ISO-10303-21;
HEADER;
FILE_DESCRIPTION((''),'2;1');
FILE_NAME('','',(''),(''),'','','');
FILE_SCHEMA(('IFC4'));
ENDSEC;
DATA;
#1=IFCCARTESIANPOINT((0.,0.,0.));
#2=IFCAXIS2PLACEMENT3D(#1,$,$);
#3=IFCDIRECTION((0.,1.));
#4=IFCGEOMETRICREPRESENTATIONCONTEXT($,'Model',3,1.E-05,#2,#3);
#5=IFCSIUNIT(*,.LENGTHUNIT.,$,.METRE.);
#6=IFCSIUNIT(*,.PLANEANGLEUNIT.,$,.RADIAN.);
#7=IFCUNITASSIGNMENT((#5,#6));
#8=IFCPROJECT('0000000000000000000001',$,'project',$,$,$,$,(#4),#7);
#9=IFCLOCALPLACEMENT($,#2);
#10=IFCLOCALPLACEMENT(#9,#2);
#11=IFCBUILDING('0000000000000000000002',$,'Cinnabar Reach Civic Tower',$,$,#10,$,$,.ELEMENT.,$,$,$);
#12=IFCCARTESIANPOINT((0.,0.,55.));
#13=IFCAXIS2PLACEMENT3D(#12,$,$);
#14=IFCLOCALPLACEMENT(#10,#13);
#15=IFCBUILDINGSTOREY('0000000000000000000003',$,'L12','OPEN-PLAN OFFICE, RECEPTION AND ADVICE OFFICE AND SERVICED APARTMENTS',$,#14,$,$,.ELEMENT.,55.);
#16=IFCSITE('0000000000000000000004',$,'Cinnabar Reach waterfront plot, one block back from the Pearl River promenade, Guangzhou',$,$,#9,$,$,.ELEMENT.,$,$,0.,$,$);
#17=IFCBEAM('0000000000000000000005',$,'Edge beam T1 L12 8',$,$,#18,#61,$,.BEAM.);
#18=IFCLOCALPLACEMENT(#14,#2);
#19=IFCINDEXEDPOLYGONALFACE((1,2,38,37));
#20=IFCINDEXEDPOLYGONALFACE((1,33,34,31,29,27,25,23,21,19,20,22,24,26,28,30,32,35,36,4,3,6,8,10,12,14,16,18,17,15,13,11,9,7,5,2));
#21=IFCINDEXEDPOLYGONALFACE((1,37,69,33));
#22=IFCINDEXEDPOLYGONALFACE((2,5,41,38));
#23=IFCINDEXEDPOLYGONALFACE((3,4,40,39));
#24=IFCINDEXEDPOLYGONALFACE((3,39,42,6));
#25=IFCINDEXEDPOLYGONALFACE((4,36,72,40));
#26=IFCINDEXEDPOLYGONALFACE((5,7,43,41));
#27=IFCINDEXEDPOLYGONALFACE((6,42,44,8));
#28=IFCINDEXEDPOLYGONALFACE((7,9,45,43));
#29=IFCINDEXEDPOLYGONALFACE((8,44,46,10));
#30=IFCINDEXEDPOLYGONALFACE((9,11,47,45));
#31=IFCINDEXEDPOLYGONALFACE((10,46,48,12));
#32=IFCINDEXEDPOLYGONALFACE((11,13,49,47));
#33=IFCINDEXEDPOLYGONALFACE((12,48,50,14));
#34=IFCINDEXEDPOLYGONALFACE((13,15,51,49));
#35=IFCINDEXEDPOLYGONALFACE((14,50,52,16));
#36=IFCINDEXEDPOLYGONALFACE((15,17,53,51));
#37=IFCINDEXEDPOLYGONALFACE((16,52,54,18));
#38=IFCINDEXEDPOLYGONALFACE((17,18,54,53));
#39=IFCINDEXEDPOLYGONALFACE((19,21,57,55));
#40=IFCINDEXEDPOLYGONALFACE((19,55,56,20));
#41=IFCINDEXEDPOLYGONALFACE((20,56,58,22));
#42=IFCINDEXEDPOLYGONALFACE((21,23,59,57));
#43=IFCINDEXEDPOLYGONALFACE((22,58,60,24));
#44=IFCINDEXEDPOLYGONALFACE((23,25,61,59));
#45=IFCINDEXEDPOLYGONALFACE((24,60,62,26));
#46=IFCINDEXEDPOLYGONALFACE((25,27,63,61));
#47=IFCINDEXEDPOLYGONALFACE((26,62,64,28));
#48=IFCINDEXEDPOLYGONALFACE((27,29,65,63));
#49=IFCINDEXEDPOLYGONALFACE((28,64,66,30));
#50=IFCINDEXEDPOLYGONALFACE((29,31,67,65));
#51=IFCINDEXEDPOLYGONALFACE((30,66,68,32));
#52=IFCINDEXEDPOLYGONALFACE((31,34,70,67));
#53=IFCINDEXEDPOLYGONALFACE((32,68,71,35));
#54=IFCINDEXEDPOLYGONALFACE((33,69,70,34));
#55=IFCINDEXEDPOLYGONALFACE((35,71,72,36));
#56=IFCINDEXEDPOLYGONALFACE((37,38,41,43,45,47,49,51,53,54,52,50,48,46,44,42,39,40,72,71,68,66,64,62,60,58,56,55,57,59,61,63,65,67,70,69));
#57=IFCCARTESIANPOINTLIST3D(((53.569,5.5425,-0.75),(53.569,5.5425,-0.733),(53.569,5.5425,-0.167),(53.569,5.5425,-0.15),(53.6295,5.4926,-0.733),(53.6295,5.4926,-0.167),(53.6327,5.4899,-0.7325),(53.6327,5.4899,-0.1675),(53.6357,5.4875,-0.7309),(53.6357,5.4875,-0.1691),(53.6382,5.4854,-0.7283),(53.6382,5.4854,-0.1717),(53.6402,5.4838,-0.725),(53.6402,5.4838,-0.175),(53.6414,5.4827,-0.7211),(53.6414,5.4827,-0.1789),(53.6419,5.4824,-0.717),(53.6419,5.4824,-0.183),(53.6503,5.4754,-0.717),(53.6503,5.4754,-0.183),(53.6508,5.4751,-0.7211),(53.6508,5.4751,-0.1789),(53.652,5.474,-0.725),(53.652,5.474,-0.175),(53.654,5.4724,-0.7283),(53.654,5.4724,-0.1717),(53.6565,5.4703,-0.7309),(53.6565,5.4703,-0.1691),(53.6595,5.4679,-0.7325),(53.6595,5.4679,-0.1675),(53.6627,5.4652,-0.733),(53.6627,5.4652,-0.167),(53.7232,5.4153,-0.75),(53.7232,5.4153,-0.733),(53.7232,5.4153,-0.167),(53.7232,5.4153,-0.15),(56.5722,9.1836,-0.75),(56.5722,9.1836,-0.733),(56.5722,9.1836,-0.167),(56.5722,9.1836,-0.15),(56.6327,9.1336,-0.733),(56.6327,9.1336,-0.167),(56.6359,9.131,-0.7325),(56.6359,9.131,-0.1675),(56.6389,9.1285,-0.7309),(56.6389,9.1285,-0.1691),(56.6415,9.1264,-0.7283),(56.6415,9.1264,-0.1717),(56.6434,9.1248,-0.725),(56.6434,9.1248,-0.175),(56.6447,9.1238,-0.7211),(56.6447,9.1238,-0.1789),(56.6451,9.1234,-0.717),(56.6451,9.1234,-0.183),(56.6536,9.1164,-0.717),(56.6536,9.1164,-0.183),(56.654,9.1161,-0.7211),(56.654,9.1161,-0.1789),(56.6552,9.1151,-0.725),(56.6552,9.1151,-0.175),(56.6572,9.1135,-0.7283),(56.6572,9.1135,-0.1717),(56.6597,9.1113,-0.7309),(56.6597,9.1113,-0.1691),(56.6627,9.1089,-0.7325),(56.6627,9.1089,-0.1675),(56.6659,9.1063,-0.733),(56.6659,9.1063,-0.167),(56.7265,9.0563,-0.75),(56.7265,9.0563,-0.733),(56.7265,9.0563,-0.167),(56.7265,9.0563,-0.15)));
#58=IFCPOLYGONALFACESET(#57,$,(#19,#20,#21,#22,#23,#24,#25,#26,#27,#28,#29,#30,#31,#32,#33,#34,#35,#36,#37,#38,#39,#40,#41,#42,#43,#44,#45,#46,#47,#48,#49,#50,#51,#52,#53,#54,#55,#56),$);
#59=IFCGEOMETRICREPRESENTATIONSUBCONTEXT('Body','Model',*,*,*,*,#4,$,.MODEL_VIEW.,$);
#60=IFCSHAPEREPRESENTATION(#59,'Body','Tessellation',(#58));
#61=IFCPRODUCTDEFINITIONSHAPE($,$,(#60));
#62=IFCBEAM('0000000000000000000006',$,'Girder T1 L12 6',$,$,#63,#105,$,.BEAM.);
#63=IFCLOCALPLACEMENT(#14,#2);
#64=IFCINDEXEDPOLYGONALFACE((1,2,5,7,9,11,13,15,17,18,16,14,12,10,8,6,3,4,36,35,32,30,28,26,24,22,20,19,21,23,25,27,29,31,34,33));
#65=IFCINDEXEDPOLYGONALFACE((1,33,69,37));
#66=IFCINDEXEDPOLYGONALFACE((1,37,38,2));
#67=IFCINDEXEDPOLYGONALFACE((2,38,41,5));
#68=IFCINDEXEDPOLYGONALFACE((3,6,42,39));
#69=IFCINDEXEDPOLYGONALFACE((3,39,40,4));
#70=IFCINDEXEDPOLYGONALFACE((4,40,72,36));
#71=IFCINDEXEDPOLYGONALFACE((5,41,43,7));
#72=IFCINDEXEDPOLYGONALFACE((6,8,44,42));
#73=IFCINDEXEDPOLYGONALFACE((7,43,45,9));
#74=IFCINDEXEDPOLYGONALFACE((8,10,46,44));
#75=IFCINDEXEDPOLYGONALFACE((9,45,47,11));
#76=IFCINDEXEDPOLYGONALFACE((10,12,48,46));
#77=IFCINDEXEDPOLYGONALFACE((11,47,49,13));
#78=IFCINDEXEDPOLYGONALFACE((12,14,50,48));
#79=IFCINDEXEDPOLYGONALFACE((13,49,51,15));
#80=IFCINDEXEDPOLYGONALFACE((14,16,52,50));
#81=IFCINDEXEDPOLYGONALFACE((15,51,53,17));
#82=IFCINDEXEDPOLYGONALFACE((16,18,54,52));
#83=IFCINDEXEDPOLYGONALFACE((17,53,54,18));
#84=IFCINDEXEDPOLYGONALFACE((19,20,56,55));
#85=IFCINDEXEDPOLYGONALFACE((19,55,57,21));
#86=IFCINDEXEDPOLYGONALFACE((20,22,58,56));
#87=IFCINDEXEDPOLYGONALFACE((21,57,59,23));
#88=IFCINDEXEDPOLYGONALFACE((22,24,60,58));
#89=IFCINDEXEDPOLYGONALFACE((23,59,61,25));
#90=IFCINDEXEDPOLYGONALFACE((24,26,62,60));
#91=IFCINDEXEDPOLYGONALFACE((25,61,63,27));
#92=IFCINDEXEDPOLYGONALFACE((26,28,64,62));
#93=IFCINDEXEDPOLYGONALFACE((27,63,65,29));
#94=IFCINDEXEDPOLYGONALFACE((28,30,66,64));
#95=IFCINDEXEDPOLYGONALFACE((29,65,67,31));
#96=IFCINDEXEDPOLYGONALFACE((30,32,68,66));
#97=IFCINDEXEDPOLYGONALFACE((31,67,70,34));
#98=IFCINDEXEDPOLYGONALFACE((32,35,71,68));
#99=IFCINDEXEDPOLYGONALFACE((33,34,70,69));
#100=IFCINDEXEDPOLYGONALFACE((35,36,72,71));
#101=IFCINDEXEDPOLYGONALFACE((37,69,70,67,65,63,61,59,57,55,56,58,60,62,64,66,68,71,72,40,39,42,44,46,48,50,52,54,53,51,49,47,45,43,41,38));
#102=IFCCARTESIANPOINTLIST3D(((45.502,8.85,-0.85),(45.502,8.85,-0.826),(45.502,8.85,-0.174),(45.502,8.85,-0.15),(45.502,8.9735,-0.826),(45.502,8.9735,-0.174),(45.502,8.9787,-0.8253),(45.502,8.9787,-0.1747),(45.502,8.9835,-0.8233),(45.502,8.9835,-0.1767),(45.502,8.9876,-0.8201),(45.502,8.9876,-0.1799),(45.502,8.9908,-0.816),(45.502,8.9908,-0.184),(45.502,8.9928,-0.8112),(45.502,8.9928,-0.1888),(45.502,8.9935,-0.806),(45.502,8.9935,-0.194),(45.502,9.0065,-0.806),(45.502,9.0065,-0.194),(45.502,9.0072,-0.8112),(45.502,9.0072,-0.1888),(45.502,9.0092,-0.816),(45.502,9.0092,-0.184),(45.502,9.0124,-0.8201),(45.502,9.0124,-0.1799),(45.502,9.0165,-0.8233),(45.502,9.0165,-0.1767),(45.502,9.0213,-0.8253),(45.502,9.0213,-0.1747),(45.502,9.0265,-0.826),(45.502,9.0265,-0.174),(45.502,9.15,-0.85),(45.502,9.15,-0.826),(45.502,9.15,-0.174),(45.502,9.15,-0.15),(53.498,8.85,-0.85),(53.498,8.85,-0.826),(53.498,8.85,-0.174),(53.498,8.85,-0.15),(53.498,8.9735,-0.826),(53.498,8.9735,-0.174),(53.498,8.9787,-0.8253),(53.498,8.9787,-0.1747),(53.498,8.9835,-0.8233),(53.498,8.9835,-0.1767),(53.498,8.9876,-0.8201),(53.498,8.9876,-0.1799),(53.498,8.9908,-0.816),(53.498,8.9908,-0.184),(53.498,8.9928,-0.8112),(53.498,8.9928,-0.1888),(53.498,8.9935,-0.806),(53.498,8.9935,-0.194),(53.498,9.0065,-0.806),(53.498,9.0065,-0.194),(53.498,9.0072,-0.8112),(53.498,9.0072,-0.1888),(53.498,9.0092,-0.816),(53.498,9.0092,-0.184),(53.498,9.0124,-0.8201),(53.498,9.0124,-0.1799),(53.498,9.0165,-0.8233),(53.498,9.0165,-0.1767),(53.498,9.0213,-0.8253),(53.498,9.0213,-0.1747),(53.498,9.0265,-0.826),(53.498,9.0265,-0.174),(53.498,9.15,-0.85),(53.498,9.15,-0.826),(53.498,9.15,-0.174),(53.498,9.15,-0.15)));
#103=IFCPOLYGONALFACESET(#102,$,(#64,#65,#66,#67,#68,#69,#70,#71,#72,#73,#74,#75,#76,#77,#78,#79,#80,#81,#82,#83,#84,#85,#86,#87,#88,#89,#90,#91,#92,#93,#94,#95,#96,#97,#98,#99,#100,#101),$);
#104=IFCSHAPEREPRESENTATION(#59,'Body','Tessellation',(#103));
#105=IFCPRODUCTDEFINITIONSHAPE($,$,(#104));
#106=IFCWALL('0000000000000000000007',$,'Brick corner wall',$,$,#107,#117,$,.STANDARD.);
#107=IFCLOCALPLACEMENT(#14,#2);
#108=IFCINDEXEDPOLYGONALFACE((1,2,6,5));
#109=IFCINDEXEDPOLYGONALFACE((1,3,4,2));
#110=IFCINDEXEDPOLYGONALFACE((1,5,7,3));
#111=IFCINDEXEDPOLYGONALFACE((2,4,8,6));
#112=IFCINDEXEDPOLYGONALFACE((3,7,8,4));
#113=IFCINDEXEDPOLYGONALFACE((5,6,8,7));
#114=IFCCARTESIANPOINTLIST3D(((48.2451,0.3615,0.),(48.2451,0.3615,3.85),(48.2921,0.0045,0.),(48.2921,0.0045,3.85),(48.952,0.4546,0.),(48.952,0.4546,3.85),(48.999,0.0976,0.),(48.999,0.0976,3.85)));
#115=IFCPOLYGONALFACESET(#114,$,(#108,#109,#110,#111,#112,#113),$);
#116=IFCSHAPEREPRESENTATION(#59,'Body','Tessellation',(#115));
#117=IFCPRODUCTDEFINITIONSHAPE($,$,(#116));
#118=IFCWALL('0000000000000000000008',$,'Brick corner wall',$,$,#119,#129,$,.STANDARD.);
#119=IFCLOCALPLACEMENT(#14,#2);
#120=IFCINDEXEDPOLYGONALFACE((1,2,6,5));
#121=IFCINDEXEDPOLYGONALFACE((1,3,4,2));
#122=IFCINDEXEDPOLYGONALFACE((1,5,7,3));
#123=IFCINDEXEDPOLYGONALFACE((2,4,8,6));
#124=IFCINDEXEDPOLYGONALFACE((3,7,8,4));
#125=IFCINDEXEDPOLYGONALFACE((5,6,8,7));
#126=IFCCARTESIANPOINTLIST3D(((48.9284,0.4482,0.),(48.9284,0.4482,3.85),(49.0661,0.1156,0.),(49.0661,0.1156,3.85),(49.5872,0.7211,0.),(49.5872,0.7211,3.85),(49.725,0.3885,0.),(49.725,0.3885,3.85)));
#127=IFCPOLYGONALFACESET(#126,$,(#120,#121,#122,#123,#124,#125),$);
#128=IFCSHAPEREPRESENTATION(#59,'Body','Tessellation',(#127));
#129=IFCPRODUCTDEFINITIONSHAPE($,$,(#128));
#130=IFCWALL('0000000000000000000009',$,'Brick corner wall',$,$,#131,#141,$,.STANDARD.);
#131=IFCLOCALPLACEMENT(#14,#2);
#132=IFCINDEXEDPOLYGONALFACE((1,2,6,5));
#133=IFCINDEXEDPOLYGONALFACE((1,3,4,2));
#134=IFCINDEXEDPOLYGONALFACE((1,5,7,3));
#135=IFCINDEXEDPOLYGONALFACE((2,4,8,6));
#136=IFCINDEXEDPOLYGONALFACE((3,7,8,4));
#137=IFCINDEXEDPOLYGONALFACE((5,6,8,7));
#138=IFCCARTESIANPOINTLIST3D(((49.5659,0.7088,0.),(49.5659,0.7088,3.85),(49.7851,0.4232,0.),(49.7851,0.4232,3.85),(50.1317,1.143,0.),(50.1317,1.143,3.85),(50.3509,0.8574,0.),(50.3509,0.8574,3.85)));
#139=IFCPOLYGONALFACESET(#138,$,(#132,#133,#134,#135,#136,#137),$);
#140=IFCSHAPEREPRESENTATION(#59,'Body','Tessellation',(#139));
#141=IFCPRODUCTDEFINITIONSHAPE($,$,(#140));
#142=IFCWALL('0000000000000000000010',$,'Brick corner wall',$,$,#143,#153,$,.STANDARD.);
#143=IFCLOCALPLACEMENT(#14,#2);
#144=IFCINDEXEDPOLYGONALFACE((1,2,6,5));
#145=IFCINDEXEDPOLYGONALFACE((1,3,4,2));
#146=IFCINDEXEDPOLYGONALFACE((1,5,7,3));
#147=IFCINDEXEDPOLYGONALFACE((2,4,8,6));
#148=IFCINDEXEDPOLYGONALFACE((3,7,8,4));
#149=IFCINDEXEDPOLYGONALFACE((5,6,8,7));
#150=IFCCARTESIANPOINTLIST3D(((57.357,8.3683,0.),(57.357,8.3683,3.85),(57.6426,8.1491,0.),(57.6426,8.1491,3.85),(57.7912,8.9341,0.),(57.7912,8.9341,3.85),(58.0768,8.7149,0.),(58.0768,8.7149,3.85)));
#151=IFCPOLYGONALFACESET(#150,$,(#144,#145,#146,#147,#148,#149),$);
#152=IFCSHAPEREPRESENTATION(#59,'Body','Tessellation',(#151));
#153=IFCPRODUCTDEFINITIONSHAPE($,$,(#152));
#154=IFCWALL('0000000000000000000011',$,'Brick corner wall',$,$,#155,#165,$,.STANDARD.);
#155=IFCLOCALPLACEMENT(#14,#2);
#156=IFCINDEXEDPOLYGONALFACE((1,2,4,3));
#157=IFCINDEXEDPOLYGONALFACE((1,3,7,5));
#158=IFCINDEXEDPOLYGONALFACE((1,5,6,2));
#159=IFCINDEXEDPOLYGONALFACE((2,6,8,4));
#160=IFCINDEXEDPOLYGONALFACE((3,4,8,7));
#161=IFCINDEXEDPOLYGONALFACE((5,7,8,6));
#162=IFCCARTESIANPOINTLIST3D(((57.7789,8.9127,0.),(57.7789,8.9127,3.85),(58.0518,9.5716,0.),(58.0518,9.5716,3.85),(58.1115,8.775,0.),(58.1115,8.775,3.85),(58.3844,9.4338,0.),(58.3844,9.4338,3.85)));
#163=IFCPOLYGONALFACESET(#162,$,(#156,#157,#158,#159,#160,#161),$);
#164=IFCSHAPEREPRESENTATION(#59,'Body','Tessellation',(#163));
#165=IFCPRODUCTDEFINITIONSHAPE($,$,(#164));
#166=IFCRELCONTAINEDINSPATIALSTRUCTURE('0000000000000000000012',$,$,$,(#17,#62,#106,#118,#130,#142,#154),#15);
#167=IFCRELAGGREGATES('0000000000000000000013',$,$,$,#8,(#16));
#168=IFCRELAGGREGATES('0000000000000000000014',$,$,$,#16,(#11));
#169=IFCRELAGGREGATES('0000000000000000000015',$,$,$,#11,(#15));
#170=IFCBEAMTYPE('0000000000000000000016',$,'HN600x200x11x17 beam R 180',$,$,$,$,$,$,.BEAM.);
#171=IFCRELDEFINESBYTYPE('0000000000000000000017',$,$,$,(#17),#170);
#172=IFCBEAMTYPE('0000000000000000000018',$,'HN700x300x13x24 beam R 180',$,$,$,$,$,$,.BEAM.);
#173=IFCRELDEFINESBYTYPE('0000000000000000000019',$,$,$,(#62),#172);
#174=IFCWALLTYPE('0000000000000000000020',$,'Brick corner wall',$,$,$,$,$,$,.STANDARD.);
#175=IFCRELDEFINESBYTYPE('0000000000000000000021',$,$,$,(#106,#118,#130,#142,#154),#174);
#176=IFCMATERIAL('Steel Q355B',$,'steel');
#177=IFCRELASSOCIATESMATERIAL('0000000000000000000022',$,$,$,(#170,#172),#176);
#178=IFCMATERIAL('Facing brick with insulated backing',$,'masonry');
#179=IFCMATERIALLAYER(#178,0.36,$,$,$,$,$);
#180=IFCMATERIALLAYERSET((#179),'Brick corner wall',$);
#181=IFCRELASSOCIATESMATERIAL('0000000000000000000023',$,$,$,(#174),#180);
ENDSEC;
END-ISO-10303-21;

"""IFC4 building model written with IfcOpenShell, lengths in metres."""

from ifc_helpers import new_model, si_unit, direction, frame, frame_2d, origin, origin_2d, place, context, subcontext, project, spatial, rectangle, i_section, extrude, material, layer, layer_set, material_profile, profile_set, type_object, element, save


model = new_model("IFC4")

# Units and contexts
model_context = context("Model", 3, precision=1e-05, world=origin(), true_north=direction((0.0, 1.0)))
body_context = subcontext(model_context, "Body", "Model", "MODEL_VIEW")
ifc_project = project(units=[si_unit("LENGTHUNIT", "METRE"), si_unit("PLANEANGLEUNIT", "RADIAN")], contexts=[model_context])

# Site, building, storey
site_placement = place(None, origin())
site = spatial("IfcSite", under=ifc_project, at=site_placement, Name="Cinnabar Reach waterfront plot, one block back from the Pearl River promenade, Guangzhou", CompositionType="ELEMENT", RefElevation=0.0)
building_placement = place(site_placement, origin())
building = spatial("IfcBuilding", under=site, at=building_placement, Name="Cinnabar Reach Civic Tower", CompositionType="ELEMENT")
storey_placement = place(building_placement, frame((0.0, 0.0, 55.0)))
storey = spatial("IfcBuildingStorey", under=building, at=storey_placement, Name="L12", Description="OPEN-PLAN OFFICE, RECEPTION AND ADVICE OFFICE AND SERVICED APARTMENTS", CompositionType="ELEMENT", Elevation=55.0)

# Beams
ifc_material_1 = material(Name="Steel Q355B", Category="steel")
ifc_material_profile_1 = material_profile(ifc_material_1, i_section(OverallWidth=0.2, OverallDepth=0.6, WebThickness=0.011, FlangeThickness=0.017, FilletRadius=0.016, at=origin_2d()), Name="HN600x200x11x17")
ifc_profile_set_1 = profile_set([ifc_material_profile_1], Name="Steel Q355B")
beam_type_1 = type_object("IfcBeamType", Name="HN600x200x11x17 beam R 180", PredefinedType="BEAM", material=ifc_profile_set_1)
for number, where, z_axis, x_axis, name in (
    (1, (53.6461, 5.4789, -0.45), (0.636304, 0.771438, 0.0), (-0.771438, 0.636304, 0.0), "Edge beam T1 L12 8"),
):
    element("IfcBeam", number, at=place(storey_placement, frame(where, z_axis=z_axis, x_axis=x_axis)), inside=storey, type_object=beam_type_1, Name=name, PredefinedType="BEAM", context=body_context, shape_type="SweptSolid", body=[
        extrude(i_section(OverallWidth=0.2, OverallDepth=0.6, WebThickness=0.011, FlangeThickness=0.017, FilletRadius=0.016, at=origin_2d()), origin(), (0.0, 0.0, 1.0), 4.7198),
    ])
ifc_material_profile_2 = material_profile(ifc_material_1, i_section(OverallWidth=0.3, OverallDepth=0.7, WebThickness=0.013, FlangeThickness=0.024, FilletRadius=0.02, at=origin_2d()), Name="HN700x300x13x24")
ifc_profile_set_2 = profile_set([ifc_material_profile_2], Name="Steel Q355B")
beam_type_2 = type_object("IfcBeamType", Name="HN700x300x13x24 beam R 180", PredefinedType="BEAM", material=ifc_profile_set_2)
beam_1_placement = place(storey_placement, frame((45.502, 9.0, -0.5), z_axis=(1.0, 0.0, 0.0), x_axis=(0.0, 1.0, 0.0)))
element("IfcBeam", 2, at=beam_1_placement, inside=storey, type_object=beam_type_2, Name="Girder T1 L12 6", PredefinedType="BEAM", context=body_context, shape_type="SweptSolid", body=[
    extrude(i_section(OverallWidth=0.3, OverallDepth=0.7, WebThickness=0.013, FlangeThickness=0.024, FilletRadius=0.02, at=origin_2d()), origin(), (0.0, 0.0, 1.0), 7.996),
])

# Walls
ifc_material_2 = material(Name="Facing brick with insulated backing", Category="masonry")
ifc_layer_1 = layer(ifc_material_2, 0.36)
ifc_layer_set_1 = layer_set([ifc_layer_1], Name="Brick corner wall")
wall_type_1 = type_object("IfcWallType", Name="Brick corner wall", PredefinedType="STANDARD", material=ifc_layer_set_1)
for number, where, z_axis, x_axis, name in (
    (3, (48.2686, 0.183, 0.0), (0.0, 0.0, 1.0), (0.991441, 0.130556, 0.0), "Brick corner wall"),
    (4, (48.9973, 0.2819, 0.0), (0.0, 0.0, 1.0), (0.923872, 0.382703, 0.0), "Brick corner wall"),
):
    element("IfcWall", number, at=place(storey_placement, frame(where, z_axis=z_axis, x_axis=x_axis)), inside=storey, type_object=wall_type_1, Name=name, PredefinedType="STANDARD", context=body_context, shape_type="SweptSolid", body=[
        extrude(rectangle(XDim=0.7131, YDim=0.36, at=frame_2d((0.3565, 0.0))), origin(), (0.0, 0.0, 1.0), 3.85),
    ])
for number, where, z_axis, x_axis, name in (
    (5, (49.6755, 0.566, 0.0), (0.0, 0.0, 1.0), (0.793322, 0.608802, 0.0), "Brick corner wall"),
    (6, (57.4998, 8.2587, 0.0), (0.0, 0.0, 1.0), (0.608802, 0.793322, 0.0), "Brick corner wall"),
):
    element("IfcWall", number, at=place(storey_placement, frame(where, z_axis=z_axis, x_axis=x_axis)), inside=storey, type_object=wall_type_1, Name=name, PredefinedType="STANDARD", context=body_context, shape_type="SweptSolid", body=[
        extrude(rectangle(XDim=0.7132, YDim=0.36, at=frame_2d((0.3566, 0.0))), origin(), (0.0, 0.0, 1.0), 3.85),
    ])
wall_1_placement = place(storey_placement, frame((57.9452, 8.8439, 0.0), z_axis=(0.0, 0.0, 1.0), x_axis=(0.382703, 0.923872, 0.0)))
element("IfcWall", 7, at=wall_1_placement, inside=storey, type_object=wall_type_1, Name="Brick corner wall", PredefinedType="STANDARD", context=body_context, shape_type="SweptSolid", body=[
    extrude(rectangle(XDim=0.7131, YDim=0.36, at=frame_2d((0.3565, 0.0))), origin(), (0.0, 0.0, 1.0), 3.85),
])

save(model, "model.ifc")
